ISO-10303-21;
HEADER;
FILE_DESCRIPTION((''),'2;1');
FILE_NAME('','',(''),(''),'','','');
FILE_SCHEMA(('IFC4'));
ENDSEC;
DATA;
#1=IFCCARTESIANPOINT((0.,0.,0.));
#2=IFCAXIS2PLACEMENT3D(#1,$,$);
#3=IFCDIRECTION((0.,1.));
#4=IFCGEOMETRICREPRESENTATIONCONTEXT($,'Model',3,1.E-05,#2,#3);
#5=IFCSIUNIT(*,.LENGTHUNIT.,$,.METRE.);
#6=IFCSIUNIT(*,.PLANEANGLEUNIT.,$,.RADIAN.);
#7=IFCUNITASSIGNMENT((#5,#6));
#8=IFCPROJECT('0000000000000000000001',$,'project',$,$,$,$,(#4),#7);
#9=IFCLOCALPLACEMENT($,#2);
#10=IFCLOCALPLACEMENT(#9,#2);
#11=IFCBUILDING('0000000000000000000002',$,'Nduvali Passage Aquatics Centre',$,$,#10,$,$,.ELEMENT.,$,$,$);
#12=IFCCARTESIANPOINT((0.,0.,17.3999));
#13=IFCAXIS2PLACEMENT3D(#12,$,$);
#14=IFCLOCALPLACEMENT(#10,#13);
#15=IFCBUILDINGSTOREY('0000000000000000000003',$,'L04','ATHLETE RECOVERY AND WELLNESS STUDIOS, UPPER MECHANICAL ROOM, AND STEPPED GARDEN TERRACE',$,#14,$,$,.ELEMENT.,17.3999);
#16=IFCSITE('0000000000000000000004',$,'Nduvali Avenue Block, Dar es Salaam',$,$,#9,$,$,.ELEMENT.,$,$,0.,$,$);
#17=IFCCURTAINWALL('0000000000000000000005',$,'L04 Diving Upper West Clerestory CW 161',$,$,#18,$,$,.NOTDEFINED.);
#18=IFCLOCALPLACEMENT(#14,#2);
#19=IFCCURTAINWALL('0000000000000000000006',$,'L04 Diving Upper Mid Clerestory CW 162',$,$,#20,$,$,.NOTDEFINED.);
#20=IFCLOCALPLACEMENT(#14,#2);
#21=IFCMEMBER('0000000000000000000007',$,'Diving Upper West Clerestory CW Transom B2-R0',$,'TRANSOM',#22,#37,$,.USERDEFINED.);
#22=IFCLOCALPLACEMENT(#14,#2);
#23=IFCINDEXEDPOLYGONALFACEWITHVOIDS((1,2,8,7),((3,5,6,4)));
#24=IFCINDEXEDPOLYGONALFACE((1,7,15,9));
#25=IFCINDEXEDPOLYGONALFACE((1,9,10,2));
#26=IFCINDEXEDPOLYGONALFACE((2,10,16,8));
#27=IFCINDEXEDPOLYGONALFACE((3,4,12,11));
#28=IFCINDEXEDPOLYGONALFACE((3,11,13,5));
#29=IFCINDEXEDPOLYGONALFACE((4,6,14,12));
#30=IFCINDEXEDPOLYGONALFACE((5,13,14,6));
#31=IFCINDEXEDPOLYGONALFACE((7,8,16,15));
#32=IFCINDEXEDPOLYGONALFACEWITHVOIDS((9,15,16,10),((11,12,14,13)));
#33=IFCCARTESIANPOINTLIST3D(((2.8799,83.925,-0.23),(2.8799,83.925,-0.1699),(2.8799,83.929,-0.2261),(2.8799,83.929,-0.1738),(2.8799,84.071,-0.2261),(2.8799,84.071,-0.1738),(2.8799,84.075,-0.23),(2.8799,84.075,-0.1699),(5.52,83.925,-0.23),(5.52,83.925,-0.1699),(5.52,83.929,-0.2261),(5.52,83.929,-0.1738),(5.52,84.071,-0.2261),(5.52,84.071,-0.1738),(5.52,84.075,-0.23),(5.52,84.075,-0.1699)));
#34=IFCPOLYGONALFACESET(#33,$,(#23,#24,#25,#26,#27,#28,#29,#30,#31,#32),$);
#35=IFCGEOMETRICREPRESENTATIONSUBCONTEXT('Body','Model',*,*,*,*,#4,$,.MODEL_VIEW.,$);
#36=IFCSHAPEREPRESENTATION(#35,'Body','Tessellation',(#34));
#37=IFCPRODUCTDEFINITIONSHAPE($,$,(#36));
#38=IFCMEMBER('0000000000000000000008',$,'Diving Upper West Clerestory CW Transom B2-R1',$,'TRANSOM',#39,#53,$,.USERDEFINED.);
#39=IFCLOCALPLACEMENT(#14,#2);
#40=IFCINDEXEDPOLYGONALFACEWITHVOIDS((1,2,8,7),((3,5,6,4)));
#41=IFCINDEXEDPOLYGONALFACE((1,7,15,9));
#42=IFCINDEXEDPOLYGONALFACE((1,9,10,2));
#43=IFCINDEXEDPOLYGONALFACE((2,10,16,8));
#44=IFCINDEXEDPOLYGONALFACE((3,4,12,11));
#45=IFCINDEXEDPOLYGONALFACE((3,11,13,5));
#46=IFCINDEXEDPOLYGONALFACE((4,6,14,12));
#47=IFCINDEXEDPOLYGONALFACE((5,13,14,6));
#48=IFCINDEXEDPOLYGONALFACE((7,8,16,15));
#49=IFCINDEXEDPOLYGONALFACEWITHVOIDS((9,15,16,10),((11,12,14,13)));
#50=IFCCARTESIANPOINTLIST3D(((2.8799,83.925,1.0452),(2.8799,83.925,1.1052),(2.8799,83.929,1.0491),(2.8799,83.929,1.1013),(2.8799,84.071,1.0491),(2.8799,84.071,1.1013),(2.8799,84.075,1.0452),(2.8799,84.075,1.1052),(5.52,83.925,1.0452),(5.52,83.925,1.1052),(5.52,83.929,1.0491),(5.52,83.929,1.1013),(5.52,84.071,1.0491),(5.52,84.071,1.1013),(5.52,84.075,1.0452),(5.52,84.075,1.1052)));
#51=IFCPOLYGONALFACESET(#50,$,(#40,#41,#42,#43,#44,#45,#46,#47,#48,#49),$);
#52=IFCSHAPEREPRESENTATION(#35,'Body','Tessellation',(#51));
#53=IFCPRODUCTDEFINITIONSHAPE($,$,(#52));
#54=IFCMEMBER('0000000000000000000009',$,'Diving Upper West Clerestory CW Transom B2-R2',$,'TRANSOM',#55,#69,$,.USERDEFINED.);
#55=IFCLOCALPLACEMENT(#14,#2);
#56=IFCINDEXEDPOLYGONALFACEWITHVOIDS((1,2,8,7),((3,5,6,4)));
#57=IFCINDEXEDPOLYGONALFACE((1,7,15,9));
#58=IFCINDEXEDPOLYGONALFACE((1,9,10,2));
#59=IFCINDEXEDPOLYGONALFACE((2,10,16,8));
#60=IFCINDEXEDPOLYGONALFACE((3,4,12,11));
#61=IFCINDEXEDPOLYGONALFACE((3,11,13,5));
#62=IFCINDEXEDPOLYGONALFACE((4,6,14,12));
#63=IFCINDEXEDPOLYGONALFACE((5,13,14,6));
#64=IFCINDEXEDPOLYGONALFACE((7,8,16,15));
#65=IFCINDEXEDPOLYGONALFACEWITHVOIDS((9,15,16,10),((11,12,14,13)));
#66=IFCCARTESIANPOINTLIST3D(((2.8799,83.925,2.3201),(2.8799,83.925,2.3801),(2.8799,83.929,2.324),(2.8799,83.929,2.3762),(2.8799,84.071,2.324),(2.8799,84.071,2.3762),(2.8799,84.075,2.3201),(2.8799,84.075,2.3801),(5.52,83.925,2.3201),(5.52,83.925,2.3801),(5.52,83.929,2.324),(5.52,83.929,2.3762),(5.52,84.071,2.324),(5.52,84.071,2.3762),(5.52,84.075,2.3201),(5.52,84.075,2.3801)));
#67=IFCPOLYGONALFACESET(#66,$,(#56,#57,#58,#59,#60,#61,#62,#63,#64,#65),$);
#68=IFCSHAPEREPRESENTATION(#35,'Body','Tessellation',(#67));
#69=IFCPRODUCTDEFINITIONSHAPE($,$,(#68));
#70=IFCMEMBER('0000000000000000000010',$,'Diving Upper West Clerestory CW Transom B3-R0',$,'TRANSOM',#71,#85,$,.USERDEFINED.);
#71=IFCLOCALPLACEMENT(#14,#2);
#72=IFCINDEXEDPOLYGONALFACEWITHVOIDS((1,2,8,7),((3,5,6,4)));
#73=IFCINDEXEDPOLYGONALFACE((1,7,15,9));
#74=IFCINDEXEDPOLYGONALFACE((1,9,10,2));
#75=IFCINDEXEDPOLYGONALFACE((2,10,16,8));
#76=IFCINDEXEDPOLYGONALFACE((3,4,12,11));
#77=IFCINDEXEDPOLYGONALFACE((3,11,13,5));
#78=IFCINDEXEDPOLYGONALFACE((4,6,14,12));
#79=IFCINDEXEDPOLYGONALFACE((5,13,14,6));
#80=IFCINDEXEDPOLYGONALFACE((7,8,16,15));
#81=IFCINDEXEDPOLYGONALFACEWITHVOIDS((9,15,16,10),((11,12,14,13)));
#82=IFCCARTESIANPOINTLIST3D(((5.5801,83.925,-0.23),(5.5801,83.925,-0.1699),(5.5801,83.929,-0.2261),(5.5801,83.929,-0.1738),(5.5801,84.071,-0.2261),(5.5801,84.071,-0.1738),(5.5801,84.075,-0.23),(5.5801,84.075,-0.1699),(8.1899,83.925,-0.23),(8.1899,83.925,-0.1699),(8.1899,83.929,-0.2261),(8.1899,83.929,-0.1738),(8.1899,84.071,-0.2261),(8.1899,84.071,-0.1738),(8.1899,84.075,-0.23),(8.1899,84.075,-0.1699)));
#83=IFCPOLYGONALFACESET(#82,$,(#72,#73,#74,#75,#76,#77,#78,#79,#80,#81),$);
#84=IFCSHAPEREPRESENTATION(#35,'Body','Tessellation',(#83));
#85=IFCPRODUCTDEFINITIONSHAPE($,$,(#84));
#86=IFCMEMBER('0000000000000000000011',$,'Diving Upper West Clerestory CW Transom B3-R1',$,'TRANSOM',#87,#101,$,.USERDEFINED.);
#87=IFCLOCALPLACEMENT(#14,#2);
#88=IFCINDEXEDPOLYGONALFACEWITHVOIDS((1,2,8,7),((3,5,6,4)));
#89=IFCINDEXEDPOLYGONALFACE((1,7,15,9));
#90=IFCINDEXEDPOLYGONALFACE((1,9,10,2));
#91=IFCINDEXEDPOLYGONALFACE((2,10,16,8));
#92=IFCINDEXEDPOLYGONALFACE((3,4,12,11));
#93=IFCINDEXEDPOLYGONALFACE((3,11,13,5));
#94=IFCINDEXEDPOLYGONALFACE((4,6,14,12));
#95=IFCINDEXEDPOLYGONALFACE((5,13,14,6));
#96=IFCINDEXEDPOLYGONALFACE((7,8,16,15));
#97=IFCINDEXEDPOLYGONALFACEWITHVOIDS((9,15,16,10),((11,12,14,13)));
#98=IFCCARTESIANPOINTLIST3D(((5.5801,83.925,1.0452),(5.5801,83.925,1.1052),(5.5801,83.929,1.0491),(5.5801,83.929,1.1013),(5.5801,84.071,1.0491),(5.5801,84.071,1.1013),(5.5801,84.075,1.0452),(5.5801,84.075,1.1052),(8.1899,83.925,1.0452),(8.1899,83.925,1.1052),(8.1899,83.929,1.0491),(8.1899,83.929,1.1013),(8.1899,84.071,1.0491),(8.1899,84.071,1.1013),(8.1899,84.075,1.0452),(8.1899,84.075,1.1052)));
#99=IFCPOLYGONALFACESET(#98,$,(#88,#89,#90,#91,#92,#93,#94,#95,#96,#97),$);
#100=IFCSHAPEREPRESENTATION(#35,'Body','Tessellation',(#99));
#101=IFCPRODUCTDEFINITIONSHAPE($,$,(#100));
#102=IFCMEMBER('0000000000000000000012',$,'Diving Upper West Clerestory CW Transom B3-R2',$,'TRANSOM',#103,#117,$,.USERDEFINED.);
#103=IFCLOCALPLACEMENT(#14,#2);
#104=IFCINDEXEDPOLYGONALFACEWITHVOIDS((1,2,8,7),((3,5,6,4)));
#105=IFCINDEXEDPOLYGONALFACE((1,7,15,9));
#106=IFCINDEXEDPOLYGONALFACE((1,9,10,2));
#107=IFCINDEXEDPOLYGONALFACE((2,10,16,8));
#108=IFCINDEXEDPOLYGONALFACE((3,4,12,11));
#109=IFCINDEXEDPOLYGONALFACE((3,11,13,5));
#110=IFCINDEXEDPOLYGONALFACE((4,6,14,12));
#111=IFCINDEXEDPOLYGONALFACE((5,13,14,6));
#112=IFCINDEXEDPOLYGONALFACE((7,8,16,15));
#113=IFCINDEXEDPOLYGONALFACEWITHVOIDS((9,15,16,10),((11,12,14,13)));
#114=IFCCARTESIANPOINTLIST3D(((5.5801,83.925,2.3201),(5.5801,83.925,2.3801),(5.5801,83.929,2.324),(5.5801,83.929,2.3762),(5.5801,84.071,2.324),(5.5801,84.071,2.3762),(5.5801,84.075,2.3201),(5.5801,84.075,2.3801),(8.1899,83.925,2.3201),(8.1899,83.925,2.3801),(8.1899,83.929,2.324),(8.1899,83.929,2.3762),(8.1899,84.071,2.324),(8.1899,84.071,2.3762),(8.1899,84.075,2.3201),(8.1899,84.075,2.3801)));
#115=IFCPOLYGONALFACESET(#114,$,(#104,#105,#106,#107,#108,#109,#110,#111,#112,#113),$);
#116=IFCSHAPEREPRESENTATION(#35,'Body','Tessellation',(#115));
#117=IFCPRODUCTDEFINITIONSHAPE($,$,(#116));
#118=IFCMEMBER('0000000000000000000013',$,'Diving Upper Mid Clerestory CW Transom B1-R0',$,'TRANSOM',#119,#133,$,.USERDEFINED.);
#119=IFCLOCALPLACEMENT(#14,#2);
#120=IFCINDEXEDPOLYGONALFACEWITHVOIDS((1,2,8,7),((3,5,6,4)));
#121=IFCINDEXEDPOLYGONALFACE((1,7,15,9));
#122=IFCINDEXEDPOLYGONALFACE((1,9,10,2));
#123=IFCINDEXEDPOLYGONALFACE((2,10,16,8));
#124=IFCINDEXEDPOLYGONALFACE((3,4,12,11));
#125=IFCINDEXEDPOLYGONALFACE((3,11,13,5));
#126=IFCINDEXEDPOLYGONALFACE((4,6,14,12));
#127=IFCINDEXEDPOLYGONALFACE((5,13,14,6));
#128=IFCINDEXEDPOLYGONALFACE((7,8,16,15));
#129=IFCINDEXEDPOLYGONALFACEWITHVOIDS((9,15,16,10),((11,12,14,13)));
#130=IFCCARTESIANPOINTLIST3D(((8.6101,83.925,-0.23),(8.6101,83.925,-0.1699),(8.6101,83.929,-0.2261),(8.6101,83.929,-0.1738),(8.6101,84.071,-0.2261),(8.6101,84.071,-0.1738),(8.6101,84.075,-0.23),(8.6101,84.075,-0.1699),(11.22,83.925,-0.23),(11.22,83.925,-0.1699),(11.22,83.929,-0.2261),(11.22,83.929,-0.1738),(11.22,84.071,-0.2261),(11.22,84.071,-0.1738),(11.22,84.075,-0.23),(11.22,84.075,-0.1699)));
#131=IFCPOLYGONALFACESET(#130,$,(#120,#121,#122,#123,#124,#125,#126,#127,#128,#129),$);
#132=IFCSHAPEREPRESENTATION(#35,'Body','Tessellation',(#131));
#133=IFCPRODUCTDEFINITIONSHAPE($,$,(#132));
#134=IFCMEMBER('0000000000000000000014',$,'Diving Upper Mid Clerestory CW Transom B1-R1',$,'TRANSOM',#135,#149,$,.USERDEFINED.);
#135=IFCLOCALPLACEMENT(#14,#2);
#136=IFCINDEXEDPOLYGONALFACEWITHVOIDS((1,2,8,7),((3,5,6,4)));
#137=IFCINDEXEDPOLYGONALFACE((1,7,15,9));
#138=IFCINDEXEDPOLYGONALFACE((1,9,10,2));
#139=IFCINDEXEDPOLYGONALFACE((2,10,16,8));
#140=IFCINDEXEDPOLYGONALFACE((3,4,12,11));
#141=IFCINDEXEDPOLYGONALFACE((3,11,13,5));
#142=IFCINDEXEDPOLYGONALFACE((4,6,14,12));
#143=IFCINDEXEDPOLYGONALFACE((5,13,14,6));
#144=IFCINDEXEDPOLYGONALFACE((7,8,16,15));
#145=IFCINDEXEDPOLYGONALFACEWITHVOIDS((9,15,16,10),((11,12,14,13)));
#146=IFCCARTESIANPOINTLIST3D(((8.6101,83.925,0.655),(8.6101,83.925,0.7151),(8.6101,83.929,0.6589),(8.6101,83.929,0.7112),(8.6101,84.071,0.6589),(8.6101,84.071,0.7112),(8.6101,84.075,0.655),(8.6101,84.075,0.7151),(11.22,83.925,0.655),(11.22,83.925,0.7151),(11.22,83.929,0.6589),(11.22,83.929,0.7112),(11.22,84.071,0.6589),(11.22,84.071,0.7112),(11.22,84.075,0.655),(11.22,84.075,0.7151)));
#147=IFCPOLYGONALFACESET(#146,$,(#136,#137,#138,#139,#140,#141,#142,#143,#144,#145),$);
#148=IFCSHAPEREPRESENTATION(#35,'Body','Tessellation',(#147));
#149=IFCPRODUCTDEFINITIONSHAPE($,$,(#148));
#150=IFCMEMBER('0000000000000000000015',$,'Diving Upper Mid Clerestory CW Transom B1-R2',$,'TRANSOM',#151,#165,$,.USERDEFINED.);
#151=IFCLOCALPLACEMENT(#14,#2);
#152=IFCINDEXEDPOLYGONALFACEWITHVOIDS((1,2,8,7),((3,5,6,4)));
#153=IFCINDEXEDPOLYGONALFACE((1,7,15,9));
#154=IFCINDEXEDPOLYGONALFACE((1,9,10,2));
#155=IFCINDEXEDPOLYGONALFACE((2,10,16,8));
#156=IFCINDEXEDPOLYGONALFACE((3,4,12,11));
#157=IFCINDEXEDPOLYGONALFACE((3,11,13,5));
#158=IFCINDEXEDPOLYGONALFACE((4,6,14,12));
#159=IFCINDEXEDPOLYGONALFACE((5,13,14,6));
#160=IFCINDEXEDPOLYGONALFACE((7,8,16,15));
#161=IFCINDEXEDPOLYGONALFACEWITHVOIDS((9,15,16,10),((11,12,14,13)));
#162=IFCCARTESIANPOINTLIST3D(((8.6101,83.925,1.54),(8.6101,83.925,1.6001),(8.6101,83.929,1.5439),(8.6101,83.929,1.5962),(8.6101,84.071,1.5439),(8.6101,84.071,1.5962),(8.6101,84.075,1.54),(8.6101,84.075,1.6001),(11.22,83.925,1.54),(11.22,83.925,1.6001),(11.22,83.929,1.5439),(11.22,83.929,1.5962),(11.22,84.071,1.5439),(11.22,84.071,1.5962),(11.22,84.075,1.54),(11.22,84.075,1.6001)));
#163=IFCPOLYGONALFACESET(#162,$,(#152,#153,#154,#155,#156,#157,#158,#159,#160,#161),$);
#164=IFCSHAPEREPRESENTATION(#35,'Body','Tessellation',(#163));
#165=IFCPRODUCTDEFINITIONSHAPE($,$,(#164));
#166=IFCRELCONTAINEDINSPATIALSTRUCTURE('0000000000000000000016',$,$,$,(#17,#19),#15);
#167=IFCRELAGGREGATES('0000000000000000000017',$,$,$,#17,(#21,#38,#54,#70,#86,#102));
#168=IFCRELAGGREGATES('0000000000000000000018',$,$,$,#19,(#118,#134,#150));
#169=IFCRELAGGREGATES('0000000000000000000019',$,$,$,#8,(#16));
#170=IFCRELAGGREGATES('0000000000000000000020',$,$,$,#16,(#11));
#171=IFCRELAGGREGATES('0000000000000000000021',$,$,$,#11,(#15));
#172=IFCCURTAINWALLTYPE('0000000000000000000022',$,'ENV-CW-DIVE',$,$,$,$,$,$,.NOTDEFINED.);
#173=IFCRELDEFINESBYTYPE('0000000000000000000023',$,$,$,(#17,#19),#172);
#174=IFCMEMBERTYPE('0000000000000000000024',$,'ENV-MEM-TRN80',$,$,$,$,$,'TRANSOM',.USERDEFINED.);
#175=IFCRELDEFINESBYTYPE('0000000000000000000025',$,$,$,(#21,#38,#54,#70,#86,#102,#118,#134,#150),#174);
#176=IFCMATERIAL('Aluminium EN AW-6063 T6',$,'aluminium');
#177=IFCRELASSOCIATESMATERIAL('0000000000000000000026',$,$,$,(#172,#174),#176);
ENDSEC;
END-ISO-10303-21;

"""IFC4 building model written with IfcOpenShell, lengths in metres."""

from ifc_helpers import new_model, si_unit, direction, frame, origin, origin_2d, place, context, subcontext, project, spatial, hollow_rectangle, extrude, material, material_profile, profile_set, type_object, element, aggregate, save


model = new_model("IFC4")

# Units and contexts
model_context = context("Model", 3, precision=1e-05, world=origin(), true_north=direction((0.0, 1.0)))
body_context = subcontext(model_context, "Body", "Model", "MODEL_VIEW")
ifc_project = project(units=[si_unit("LENGTHUNIT", "METRE"), si_unit("PLANEANGLEUNIT", "RADIAN")], contexts=[model_context])

# Site, building, storey
site_placement = place(None, origin())
site = spatial("IfcSite", under=ifc_project, at=site_placement, Name="Nduvali Avenue Block, Dar es Salaam", CompositionType="ELEMENT", RefElevation=0.0)
building_placement = place(site_placement, origin())
building = spatial("IfcBuilding", under=site, at=building_placement, Name="Nduvali Passage Aquatics Centre", CompositionType="ELEMENT")
storey_placement = place(building_placement, frame((0.0, 0.0, 17.3999)))
storey = spatial("IfcBuildingStorey", under=building, at=storey_placement, Name="L04", Description="ATHLETE RECOVERY AND WELLNESS STUDIOS, UPPER MECHANICAL ROOM, AND STEPPED GARDEN TERRACE", CompositionType="ELEMENT", Elevation=17.3999)

# Shared definitions
ifc_material_1 = material(Name="Aluminium EN AW-6063 T6", Category="aluminium")
curtain_wall_type = type_object("IfcCurtainWallType", Name="ENV-CW-DIVE", PredefinedType="NOTDEFINED", material=ifc_material_1)

# Curtain wall
curtain_wall_1_placement = place(storey_placement, origin())
curtain_wall_1 = element("IfcCurtainWall", 1, at=curtain_wall_1_placement, inside=storey, type_object=curtain_wall_type, Name="L04 Diving Upper West Clerestory CW 161", PredefinedType="NOTDEFINED")

# Curtain wall
curtain_wall_2_placement = place(storey_placement, origin())
curtain_wall_2 = element("IfcCurtainWall", 2, at=curtain_wall_2_placement, inside=storey, type_object=curtain_wall_type, Name="L04 Diving Upper Mid Clerestory CW 162", PredefinedType="NOTDEFINED")

# Members
ifc_material_profile_1 = material_profile(ifc_material_1, hollow_rectangle(XDim=0.1499, YDim=0.0601, WallThickness=0.0039, at=origin_2d()), Name="ALU TRANSOM 150x60x4")
ifc_profile_set_1 = profile_set([ifc_material_profile_1], Name="Aluminium EN AW-6063 T6")
member_type_1 = type_object("IfcMemberType", Name="ENV-MEM-TRN80", ElementType="TRANSOM", PredefinedType="USERDEFINED", material=ifc_profile_set_1)
member_1_placement = place(storey_placement, frame((2.8799, 84.0, -0.2), z_axis=(1.0, 0.0, 0.0), x_axis=(0.0, 1.0, 0.0)))
member_1 = element("IfcMember", 3, at=member_1_placement, type_object=member_type_1, Name="Diving Upper West Clerestory CW Transom B2-R0", ObjectType="TRANSOM", PredefinedType="USERDEFINED", context=body_context, shape_type="SweptSolid", body=[
    extrude(hollow_rectangle(XDim=0.1499, YDim=0.0601, WallThickness=0.0039, at=origin_2d()), origin(), (0.0, 0.0, 1.0), 2.6401),
])
member_2_placement = place(storey_placement, frame((2.8799, 84.0, 1.0752), z_axis=(1.0, 0.0, 0.0), x_axis=(0.0, 1.0, 0.0)))
member_2 = element("IfcMember", 4, at=member_2_placement, type_object=member_type_1, Name="Diving Upper West Clerestory CW Transom B2-R1", ObjectType="TRANSOM", PredefinedType="USERDEFINED", context=body_context, shape_type="SweptSolid", body=[
    extrude(hollow_rectangle(XDim=0.1499, YDim=0.0601, WallThickness=0.0039, at=origin_2d()), origin(), (0.0, 0.0, 1.0), 2.6401),
])
member_3_placement = place(storey_placement, frame((2.8799, 84.0, 2.3501), z_axis=(1.0, 0.0, 0.0), x_axis=(0.0, 1.0, 0.0)))
member_3 = element("IfcMember", 5, at=member_3_placement, type_object=member_type_1, Name="Diving Upper West Clerestory CW Transom B2-R2", ObjectType="TRANSOM", PredefinedType="USERDEFINED", context=body_context, shape_type="SweptSolid", body=[
    extrude(hollow_rectangle(XDim=0.1499, YDim=0.0601, WallThickness=0.0039, at=origin_2d()), origin(), (0.0, 0.0, 1.0), 2.6401),
])
member_4_placement = place(storey_placement, frame((5.5801, 84.0, -0.2), z_axis=(1.0, 0.0, 0.0), x_axis=(0.0, 1.0, 0.0)))
member_4 = element("IfcMember", 6, at=member_4_placement, type_object=member_type_1, Name="Diving Upper West Clerestory CW Transom B3-R0", ObjectType="TRANSOM", PredefinedType="USERDEFINED", context=body_context, shape_type="SweptSolid", body=[
    extrude(hollow_rectangle(XDim=0.1499, YDim=0.0601, WallThickness=0.0039, at=origin_2d()), origin(), (0.0, 0.0, 1.0), 2.6099),
])
member_5_placement = place(storey_placement, frame((5.5801, 84.0, 1.0752), z_axis=(1.0, 0.0, 0.0), x_axis=(0.0, 1.0, 0.0)))
member_5 = element("IfcMember", 7, at=member_5_placement, type_object=member_type_1, Name="Diving Upper West Clerestory CW Transom B3-R1", ObjectType="TRANSOM", PredefinedType="USERDEFINED", context=body_context, shape_type="SweptSolid", body=[
    extrude(hollow_rectangle(XDim=0.1499, YDim=0.0601, WallThickness=0.0039, at=origin_2d()), origin(), (0.0, 0.0, 1.0), 2.6099),
])
member_6_placement = place(storey_placement, frame((5.5801, 84.0, 2.3501), z_axis=(1.0, 0.0, 0.0), x_axis=(0.0, 1.0, 0.0)))
member_6 = element("IfcMember", 8, at=member_6_placement, type_object=member_type_1, Name="Diving Upper West Clerestory CW Transom B3-R2", ObjectType="TRANSOM", PredefinedType="USERDEFINED", context=body_context, shape_type="SweptSolid", body=[
    extrude(hollow_rectangle(XDim=0.1499, YDim=0.0601, WallThickness=0.0039, at=origin_2d()), origin(), (0.0, 0.0, 1.0), 2.6099),
])
member_7_placement = place(storey_placement, frame((8.6101, 84.0, -0.2), z_axis=(1.0, 0.0, 0.0), x_axis=(0.0, 1.0, 0.0)))
member_7 = element("IfcMember", 9, at=member_7_placement, type_object=member_type_1, Name="Diving Upper Mid Clerestory CW Transom B1-R0", ObjectType="TRANSOM", PredefinedType="USERDEFINED", context=body_context, shape_type="SweptSolid", body=[
    extrude(hollow_rectangle(XDim=0.1499, YDim=0.0601, WallThickness=0.0039, at=origin_2d()), origin(), (0.0, 0.0, 1.0), 2.6099),
])
member_8_placement = place(storey_placement, frame((8.6101, 84.0, 0.6851), z_axis=(1.0, 0.0, 0.0), x_axis=(0.0, 1.0, 0.0)))
member_8 = element("IfcMember", 10, at=member_8_placement, type_object=member_type_1, Name="Diving Upper Mid Clerestory CW Transom B1-R1", ObjectType="TRANSOM", PredefinedType="USERDEFINED", context=body_context, shape_type="SweptSolid", body=[
    extrude(hollow_rectangle(XDim=0.1499, YDim=0.0601, WallThickness=0.0039, at=origin_2d()), origin(), (0.0, 0.0, 1.0), 2.6099),
])
member_9_placement = place(storey_placement, frame((8.6101, 84.0, 1.5701), z_axis=(1.0, 0.0, 0.0), x_axis=(0.0, 1.0, 0.0)))
member_9 = element("IfcMember", 11, at=member_9_placement, type_object=member_type_1, Name="Diving Upper Mid Clerestory CW Transom B1-R2", ObjectType="TRANSOM", PredefinedType="USERDEFINED", context=body_context, shape_type="SweptSolid", body=[
    extrude(hollow_rectangle(XDim=0.1499, YDim=0.0601, WallThickness=0.0039, at=origin_2d()), origin(), (0.0, 0.0, 1.0), 2.6099),
])

aggregate(curtain_wall_1, [member_1, member_2, member_3, member_4, member_5, member_6])
aggregate(curtain_wall_2, [member_7, member_8, member_9])

save(model, "model.ifc")
